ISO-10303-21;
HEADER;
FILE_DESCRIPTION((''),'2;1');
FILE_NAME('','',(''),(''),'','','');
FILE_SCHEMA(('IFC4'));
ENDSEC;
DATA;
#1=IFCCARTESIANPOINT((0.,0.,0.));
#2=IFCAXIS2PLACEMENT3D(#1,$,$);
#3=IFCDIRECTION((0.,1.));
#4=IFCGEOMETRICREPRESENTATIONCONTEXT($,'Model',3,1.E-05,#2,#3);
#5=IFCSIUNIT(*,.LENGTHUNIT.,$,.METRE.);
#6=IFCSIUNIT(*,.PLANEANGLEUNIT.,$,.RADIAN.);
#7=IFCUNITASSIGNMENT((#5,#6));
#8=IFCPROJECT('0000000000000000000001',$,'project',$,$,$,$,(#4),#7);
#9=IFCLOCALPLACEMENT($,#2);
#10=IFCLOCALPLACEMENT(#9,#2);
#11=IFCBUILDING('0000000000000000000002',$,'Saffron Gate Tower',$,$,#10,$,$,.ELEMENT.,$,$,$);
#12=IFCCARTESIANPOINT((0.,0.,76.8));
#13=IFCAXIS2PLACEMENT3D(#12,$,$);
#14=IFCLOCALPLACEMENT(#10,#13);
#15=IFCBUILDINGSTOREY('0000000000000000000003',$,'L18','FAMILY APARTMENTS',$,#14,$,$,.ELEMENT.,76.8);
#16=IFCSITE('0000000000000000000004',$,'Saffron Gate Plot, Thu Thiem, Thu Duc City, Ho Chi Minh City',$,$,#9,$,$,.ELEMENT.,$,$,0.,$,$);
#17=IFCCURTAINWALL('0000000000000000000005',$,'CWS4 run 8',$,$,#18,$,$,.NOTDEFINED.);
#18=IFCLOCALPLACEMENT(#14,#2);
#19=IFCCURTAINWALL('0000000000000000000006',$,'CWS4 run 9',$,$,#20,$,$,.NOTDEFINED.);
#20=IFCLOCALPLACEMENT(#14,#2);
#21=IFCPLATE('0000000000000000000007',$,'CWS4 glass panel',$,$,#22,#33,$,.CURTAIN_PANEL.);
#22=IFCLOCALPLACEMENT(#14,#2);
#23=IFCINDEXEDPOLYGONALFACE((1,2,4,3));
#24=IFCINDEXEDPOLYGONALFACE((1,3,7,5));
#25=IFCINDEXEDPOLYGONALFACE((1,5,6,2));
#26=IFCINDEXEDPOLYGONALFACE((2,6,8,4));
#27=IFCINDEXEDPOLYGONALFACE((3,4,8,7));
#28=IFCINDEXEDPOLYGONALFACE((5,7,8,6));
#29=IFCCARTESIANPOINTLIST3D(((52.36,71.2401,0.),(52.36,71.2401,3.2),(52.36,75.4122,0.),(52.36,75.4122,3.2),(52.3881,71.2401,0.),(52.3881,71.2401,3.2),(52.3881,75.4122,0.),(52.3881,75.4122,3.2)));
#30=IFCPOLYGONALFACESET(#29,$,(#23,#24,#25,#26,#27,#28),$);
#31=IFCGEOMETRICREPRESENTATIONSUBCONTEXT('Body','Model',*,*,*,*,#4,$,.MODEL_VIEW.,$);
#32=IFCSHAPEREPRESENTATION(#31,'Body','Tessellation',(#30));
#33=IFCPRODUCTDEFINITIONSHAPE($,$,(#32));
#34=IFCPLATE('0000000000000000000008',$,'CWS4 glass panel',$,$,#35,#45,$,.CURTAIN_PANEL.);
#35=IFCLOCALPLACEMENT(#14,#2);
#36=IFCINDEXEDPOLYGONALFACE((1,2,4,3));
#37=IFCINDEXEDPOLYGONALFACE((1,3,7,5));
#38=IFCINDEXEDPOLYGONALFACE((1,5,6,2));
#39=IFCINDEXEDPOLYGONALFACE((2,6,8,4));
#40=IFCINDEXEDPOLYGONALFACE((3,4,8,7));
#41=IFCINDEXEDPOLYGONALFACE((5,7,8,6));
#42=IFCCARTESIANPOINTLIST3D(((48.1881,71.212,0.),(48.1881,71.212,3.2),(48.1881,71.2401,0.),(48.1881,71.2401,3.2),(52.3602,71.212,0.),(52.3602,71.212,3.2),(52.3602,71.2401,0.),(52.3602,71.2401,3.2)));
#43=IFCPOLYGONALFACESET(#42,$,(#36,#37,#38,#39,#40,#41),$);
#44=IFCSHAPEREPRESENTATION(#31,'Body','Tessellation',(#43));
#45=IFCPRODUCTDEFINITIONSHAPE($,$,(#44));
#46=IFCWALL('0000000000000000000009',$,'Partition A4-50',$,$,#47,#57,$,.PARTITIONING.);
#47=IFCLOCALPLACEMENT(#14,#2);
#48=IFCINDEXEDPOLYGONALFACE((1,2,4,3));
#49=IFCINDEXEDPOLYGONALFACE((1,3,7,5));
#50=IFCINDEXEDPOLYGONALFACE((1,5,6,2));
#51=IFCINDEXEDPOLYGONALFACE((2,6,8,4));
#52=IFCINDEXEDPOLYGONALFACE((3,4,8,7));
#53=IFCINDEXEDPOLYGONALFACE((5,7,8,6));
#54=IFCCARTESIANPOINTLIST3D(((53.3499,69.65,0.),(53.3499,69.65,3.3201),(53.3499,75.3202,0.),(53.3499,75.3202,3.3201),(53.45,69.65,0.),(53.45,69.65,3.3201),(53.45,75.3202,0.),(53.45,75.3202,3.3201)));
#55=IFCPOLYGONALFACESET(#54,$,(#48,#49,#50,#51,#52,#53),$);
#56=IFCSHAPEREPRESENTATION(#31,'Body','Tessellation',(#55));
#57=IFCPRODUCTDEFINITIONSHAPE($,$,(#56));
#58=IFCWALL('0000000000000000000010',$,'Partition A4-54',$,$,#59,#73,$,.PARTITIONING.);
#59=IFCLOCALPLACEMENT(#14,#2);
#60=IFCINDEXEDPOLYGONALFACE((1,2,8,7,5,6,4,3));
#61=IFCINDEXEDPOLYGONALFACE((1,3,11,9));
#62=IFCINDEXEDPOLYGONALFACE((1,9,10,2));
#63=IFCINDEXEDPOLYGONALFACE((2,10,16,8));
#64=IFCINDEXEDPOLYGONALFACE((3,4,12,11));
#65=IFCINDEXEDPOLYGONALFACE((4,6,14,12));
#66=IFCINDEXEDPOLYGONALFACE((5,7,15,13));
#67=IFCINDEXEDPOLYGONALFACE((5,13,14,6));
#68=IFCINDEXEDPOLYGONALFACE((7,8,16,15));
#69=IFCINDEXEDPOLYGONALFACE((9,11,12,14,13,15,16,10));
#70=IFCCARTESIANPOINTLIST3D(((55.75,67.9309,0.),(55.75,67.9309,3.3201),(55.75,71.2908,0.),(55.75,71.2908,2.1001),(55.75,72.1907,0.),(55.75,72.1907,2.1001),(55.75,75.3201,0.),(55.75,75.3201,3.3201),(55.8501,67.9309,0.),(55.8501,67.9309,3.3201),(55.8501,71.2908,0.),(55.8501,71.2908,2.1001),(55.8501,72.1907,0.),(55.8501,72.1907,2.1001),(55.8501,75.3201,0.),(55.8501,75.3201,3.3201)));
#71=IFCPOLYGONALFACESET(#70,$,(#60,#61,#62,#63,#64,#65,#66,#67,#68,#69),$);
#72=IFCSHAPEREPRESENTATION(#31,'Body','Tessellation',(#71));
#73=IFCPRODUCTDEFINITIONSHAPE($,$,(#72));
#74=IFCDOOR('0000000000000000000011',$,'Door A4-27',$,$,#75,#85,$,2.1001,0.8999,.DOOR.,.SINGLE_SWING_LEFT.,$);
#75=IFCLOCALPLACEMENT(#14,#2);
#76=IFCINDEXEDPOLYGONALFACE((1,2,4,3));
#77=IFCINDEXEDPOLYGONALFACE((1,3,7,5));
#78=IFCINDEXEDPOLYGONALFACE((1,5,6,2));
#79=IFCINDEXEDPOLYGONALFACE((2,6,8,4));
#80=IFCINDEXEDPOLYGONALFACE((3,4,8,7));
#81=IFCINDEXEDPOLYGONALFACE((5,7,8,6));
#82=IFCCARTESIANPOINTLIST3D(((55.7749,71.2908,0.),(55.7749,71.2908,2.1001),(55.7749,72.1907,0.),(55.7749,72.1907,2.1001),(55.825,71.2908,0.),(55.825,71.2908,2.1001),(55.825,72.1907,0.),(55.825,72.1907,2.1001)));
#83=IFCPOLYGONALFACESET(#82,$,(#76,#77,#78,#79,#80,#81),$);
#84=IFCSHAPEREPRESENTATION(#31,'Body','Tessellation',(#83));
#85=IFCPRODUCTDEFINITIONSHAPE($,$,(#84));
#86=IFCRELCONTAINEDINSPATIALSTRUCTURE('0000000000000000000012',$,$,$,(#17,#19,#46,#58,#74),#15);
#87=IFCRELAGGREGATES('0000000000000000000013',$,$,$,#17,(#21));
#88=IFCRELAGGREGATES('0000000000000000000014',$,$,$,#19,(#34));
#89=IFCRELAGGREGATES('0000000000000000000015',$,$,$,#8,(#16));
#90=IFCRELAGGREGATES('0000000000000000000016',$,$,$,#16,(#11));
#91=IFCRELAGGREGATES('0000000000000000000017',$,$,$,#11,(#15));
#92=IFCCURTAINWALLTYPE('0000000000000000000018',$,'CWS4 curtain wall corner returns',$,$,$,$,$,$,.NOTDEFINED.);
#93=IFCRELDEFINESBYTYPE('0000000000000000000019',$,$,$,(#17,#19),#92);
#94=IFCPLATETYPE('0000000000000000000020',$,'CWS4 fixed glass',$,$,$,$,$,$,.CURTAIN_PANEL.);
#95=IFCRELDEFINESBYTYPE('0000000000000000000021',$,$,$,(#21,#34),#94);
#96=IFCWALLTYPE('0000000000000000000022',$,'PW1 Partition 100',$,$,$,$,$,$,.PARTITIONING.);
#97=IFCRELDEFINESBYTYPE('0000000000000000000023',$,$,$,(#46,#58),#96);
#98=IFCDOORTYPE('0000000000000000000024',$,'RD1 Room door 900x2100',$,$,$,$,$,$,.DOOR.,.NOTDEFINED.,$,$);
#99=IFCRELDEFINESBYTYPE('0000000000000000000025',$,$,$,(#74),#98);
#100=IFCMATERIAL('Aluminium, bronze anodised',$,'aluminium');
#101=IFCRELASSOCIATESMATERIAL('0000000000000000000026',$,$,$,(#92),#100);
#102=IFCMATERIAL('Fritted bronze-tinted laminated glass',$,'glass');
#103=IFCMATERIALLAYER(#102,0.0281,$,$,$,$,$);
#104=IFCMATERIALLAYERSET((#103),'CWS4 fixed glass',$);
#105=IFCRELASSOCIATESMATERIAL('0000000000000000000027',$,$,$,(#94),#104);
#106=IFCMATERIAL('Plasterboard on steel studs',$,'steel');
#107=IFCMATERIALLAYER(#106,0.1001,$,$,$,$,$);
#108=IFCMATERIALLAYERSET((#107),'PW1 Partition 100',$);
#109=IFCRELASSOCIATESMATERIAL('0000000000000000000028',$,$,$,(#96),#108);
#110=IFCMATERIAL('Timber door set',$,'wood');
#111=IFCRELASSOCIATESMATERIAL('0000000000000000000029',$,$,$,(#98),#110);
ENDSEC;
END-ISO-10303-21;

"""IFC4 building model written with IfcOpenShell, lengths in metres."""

from ifc_helpers import new_model, si_unit, direction, frame, frame_2d, origin, place, context, subcontext, project, spatial, rectangle, extrude, material, layer, layer_set, type_object, element, fill, aggregate, save


model = new_model("IFC4")

# Units and contexts
model_context = context("Model", 3, precision=1e-05, world=origin(), true_north=direction((0.0, 1.0)))
body_context = subcontext(model_context, "Body", "Model", "MODEL_VIEW")
ifc_project = project(units=[si_unit("LENGTHUNIT", "METRE"), si_unit("PLANEANGLEUNIT", "RADIAN")], contexts=[model_context])

# Site, building, storey
site_placement = place(None, origin())
site = spatial("IfcSite", under=ifc_project, at=site_placement, Name="Saffron Gate Plot, Thu Thiem, Thu Duc City, Ho Chi Minh City", CompositionType="ELEMENT", RefElevation=0.0)
building_placement = place(site_placement, origin())
building = spatial("IfcBuilding", under=site, at=building_placement, Name="Saffron Gate Tower", CompositionType="ELEMENT")
storey_placement = place(building_placement, frame((0.0, 0.0, 76.8)))
storey = spatial("IfcBuildingStorey", under=building, at=storey_placement, Name="L18", Description="FAMILY APARTMENTS", CompositionType="ELEMENT", Elevation=76.8)

# Shared definitions
ifc_material_1 = material(Name="Aluminium, bronze anodised", Category="aluminium")

# Curtain walls
curtain_wall_type_1 = type_object("IfcCurtainWallType", Name="CWS4 curtain wall corner returns", PredefinedType="NOTDEFINED", material=ifc_material_1)
curtain_wall_1_placement = place(storey_placement, origin())
curtain_wall_1 = element("IfcCurtainWall", 1, at=curtain_wall_1_placement, inside=storey, type_object=curtain_wall_type_1, Name="CWS4 run 8", PredefinedType="NOTDEFINED")
curtain_wall_2_placement = place(storey_placement, origin())
curtain_wall_2 = element("IfcCurtainWall", 2, at=curtain_wall_2_placement, inside=storey, type_object=curtain_wall_type_1, Name="CWS4 run 9", PredefinedType="NOTDEFINED")

# Shared definitions
ifc_material_2 = material(Name="Fritted bronze-tinted laminated glass", Category="glass")

# Plates
ifc_layer_1 = layer(ifc_material_2, 0.0281)
ifc_layer_set_1 = layer_set([ifc_layer_1], Name="CWS4 fixed glass")
plate_type_1 = type_object("IfcPlateType", Name="CWS4 fixed glass", PredefinedType="CURTAIN_PANEL", material=ifc_layer_set_1)
plate_1_placement = place(storey_placement, frame((52.374, 75.4121, 0.0), z_axis=(0.0, 0.0, 1.0), x_axis=(0.0, -1.0, 0.0)))
plate_1 = element("IfcPlate", 3, at=plate_1_placement, type_object=plate_type_1, Name="CWS4 glass panel", PredefinedType="CURTAIN_PANEL", context=body_context, shape_type="SweptSolid", body=[
    extrude(rectangle(XDim=4.1721, YDim=0.0281, at=frame_2d((2.0859, 0.0))), origin(), (0.0, 0.0, 1.0), 3.2),
])
aggregate(curtain_wall_1, [plate_1])
plate_2_placement = place(storey_placement, frame((52.3601, 71.2261, 0.0), z_axis=(0.0, 0.0, 1.0), x_axis=(-1.0, 0.0, 0.0)))
plate_2 = element("IfcPlate", 4, at=plate_2_placement, type_object=plate_type_1, Name="CWS4 glass panel", PredefinedType="CURTAIN_PANEL", context=body_context, shape_type="SweptSolid", body=[
    extrude(rectangle(XDim=4.1721, YDim=0.0281, at=frame_2d((2.0859, 0.0))), origin(), (0.0, 0.0, 1.0), 3.2),
])
aggregate(curtain_wall_2, [plate_2])

# Wall
ifc_material_3 = material(Name="Plasterboard on steel studs", Category="steel")
ifc_layer_2 = layer(ifc_material_3, 0.1001)
ifc_layer_set_2 = layer_set([ifc_layer_2], Name="PW1 Partition 100")
wall_type = type_object("IfcWallType", Name="PW1 Partition 100", PredefinedType="PARTITIONING", material=ifc_layer_set_2)
wall_1_placement = place(storey_placement, frame((53.3999, 75.3201, 0.0), z_axis=(0.0, 0.0, 1.0), x_axis=(0.0, -1.0, 0.0)))
element("IfcWall", 5, at=wall_1_placement, inside=storey, type_object=wall_type, Name="Partition A4-50", PredefinedType="PARTITIONING", context=body_context, shape_type="SweptSolid", body=[
    extrude(rectangle(XDim=5.6702, YDim=0.1001, at=frame_2d((2.835, 0.0))), origin(), (0.0, 0.0, 1.0), 3.3201),
])

# Wall, opening, door
wall_2_placement = place(storey_placement, frame((55.8, 75.3201, 0.0), z_axis=(0.0, 0.0, 1.0), x_axis=(0.0, -1.0, 0.0)))
wall_2 = element("IfcWall", 6, at=wall_2_placement, inside=storey, type_object=wall_type, Name="Partition A4-54", PredefinedType="PARTITIONING", context=body_context, shape_type="SweptSolid", body=[
    extrude(rectangle(XDim=7.3892, YDim=0.1001, at=frame_2d((3.6946, 0.0))), origin(), (0.0, 0.0, 1.0), 3.3201),
])
opening_1_placement = place(wall_2_placement, frame((3.1294, 0.0, 0.0)))
opening_1 = element("IfcOpeningElement", 7, at=opening_1_placement, cuts=wall_2, PredefinedType="OPENING", context=body_context, shape_type="SweptSolid", body=[
    extrude(rectangle(XDim=0.8999, YDim=2.1001, at=frame_2d((0.45, 1.05))), frame((0.0, 0.0601, 0.0), z_axis=(0.0, -1.0, 0.0), x_axis=(1.0, 0.0, 0.0)), (0.0, 0.0, 1.0), 0.1201),
])
ifc_material_4 = material(Name="Timber door set", Category="wood")
door_type = type_object("IfcDoorType", Name="RD1 Room door 900x2100", OperationType="NOTDEFINED", PredefinedType="DOOR", material=ifc_material_4)
door_placement = place(opening_1_placement, origin())
door = element("IfcDoor", 8, at=door_placement, inside=storey, type_object=door_type, Name="Door A4-27", OperationType="SINGLE_SWING_LEFT", OverallHeight=2.1001, OverallWidth=0.8999, PredefinedType="DOOR", context=body_context, shape_type="SweptSolid", body=[
    extrude(rectangle(XDim=0.8999, YDim=2.1001, at=frame_2d((0.45, 1.05))), frame((0.0, 0.0249, 0.0), z_axis=(0.0, -1.0, 0.0), x_axis=(1.0, 0.0, 0.0)), (0.0, 0.0, 1.0), 0.05),
])
fill(opening_1, door)

save(model, "model.ifc")
